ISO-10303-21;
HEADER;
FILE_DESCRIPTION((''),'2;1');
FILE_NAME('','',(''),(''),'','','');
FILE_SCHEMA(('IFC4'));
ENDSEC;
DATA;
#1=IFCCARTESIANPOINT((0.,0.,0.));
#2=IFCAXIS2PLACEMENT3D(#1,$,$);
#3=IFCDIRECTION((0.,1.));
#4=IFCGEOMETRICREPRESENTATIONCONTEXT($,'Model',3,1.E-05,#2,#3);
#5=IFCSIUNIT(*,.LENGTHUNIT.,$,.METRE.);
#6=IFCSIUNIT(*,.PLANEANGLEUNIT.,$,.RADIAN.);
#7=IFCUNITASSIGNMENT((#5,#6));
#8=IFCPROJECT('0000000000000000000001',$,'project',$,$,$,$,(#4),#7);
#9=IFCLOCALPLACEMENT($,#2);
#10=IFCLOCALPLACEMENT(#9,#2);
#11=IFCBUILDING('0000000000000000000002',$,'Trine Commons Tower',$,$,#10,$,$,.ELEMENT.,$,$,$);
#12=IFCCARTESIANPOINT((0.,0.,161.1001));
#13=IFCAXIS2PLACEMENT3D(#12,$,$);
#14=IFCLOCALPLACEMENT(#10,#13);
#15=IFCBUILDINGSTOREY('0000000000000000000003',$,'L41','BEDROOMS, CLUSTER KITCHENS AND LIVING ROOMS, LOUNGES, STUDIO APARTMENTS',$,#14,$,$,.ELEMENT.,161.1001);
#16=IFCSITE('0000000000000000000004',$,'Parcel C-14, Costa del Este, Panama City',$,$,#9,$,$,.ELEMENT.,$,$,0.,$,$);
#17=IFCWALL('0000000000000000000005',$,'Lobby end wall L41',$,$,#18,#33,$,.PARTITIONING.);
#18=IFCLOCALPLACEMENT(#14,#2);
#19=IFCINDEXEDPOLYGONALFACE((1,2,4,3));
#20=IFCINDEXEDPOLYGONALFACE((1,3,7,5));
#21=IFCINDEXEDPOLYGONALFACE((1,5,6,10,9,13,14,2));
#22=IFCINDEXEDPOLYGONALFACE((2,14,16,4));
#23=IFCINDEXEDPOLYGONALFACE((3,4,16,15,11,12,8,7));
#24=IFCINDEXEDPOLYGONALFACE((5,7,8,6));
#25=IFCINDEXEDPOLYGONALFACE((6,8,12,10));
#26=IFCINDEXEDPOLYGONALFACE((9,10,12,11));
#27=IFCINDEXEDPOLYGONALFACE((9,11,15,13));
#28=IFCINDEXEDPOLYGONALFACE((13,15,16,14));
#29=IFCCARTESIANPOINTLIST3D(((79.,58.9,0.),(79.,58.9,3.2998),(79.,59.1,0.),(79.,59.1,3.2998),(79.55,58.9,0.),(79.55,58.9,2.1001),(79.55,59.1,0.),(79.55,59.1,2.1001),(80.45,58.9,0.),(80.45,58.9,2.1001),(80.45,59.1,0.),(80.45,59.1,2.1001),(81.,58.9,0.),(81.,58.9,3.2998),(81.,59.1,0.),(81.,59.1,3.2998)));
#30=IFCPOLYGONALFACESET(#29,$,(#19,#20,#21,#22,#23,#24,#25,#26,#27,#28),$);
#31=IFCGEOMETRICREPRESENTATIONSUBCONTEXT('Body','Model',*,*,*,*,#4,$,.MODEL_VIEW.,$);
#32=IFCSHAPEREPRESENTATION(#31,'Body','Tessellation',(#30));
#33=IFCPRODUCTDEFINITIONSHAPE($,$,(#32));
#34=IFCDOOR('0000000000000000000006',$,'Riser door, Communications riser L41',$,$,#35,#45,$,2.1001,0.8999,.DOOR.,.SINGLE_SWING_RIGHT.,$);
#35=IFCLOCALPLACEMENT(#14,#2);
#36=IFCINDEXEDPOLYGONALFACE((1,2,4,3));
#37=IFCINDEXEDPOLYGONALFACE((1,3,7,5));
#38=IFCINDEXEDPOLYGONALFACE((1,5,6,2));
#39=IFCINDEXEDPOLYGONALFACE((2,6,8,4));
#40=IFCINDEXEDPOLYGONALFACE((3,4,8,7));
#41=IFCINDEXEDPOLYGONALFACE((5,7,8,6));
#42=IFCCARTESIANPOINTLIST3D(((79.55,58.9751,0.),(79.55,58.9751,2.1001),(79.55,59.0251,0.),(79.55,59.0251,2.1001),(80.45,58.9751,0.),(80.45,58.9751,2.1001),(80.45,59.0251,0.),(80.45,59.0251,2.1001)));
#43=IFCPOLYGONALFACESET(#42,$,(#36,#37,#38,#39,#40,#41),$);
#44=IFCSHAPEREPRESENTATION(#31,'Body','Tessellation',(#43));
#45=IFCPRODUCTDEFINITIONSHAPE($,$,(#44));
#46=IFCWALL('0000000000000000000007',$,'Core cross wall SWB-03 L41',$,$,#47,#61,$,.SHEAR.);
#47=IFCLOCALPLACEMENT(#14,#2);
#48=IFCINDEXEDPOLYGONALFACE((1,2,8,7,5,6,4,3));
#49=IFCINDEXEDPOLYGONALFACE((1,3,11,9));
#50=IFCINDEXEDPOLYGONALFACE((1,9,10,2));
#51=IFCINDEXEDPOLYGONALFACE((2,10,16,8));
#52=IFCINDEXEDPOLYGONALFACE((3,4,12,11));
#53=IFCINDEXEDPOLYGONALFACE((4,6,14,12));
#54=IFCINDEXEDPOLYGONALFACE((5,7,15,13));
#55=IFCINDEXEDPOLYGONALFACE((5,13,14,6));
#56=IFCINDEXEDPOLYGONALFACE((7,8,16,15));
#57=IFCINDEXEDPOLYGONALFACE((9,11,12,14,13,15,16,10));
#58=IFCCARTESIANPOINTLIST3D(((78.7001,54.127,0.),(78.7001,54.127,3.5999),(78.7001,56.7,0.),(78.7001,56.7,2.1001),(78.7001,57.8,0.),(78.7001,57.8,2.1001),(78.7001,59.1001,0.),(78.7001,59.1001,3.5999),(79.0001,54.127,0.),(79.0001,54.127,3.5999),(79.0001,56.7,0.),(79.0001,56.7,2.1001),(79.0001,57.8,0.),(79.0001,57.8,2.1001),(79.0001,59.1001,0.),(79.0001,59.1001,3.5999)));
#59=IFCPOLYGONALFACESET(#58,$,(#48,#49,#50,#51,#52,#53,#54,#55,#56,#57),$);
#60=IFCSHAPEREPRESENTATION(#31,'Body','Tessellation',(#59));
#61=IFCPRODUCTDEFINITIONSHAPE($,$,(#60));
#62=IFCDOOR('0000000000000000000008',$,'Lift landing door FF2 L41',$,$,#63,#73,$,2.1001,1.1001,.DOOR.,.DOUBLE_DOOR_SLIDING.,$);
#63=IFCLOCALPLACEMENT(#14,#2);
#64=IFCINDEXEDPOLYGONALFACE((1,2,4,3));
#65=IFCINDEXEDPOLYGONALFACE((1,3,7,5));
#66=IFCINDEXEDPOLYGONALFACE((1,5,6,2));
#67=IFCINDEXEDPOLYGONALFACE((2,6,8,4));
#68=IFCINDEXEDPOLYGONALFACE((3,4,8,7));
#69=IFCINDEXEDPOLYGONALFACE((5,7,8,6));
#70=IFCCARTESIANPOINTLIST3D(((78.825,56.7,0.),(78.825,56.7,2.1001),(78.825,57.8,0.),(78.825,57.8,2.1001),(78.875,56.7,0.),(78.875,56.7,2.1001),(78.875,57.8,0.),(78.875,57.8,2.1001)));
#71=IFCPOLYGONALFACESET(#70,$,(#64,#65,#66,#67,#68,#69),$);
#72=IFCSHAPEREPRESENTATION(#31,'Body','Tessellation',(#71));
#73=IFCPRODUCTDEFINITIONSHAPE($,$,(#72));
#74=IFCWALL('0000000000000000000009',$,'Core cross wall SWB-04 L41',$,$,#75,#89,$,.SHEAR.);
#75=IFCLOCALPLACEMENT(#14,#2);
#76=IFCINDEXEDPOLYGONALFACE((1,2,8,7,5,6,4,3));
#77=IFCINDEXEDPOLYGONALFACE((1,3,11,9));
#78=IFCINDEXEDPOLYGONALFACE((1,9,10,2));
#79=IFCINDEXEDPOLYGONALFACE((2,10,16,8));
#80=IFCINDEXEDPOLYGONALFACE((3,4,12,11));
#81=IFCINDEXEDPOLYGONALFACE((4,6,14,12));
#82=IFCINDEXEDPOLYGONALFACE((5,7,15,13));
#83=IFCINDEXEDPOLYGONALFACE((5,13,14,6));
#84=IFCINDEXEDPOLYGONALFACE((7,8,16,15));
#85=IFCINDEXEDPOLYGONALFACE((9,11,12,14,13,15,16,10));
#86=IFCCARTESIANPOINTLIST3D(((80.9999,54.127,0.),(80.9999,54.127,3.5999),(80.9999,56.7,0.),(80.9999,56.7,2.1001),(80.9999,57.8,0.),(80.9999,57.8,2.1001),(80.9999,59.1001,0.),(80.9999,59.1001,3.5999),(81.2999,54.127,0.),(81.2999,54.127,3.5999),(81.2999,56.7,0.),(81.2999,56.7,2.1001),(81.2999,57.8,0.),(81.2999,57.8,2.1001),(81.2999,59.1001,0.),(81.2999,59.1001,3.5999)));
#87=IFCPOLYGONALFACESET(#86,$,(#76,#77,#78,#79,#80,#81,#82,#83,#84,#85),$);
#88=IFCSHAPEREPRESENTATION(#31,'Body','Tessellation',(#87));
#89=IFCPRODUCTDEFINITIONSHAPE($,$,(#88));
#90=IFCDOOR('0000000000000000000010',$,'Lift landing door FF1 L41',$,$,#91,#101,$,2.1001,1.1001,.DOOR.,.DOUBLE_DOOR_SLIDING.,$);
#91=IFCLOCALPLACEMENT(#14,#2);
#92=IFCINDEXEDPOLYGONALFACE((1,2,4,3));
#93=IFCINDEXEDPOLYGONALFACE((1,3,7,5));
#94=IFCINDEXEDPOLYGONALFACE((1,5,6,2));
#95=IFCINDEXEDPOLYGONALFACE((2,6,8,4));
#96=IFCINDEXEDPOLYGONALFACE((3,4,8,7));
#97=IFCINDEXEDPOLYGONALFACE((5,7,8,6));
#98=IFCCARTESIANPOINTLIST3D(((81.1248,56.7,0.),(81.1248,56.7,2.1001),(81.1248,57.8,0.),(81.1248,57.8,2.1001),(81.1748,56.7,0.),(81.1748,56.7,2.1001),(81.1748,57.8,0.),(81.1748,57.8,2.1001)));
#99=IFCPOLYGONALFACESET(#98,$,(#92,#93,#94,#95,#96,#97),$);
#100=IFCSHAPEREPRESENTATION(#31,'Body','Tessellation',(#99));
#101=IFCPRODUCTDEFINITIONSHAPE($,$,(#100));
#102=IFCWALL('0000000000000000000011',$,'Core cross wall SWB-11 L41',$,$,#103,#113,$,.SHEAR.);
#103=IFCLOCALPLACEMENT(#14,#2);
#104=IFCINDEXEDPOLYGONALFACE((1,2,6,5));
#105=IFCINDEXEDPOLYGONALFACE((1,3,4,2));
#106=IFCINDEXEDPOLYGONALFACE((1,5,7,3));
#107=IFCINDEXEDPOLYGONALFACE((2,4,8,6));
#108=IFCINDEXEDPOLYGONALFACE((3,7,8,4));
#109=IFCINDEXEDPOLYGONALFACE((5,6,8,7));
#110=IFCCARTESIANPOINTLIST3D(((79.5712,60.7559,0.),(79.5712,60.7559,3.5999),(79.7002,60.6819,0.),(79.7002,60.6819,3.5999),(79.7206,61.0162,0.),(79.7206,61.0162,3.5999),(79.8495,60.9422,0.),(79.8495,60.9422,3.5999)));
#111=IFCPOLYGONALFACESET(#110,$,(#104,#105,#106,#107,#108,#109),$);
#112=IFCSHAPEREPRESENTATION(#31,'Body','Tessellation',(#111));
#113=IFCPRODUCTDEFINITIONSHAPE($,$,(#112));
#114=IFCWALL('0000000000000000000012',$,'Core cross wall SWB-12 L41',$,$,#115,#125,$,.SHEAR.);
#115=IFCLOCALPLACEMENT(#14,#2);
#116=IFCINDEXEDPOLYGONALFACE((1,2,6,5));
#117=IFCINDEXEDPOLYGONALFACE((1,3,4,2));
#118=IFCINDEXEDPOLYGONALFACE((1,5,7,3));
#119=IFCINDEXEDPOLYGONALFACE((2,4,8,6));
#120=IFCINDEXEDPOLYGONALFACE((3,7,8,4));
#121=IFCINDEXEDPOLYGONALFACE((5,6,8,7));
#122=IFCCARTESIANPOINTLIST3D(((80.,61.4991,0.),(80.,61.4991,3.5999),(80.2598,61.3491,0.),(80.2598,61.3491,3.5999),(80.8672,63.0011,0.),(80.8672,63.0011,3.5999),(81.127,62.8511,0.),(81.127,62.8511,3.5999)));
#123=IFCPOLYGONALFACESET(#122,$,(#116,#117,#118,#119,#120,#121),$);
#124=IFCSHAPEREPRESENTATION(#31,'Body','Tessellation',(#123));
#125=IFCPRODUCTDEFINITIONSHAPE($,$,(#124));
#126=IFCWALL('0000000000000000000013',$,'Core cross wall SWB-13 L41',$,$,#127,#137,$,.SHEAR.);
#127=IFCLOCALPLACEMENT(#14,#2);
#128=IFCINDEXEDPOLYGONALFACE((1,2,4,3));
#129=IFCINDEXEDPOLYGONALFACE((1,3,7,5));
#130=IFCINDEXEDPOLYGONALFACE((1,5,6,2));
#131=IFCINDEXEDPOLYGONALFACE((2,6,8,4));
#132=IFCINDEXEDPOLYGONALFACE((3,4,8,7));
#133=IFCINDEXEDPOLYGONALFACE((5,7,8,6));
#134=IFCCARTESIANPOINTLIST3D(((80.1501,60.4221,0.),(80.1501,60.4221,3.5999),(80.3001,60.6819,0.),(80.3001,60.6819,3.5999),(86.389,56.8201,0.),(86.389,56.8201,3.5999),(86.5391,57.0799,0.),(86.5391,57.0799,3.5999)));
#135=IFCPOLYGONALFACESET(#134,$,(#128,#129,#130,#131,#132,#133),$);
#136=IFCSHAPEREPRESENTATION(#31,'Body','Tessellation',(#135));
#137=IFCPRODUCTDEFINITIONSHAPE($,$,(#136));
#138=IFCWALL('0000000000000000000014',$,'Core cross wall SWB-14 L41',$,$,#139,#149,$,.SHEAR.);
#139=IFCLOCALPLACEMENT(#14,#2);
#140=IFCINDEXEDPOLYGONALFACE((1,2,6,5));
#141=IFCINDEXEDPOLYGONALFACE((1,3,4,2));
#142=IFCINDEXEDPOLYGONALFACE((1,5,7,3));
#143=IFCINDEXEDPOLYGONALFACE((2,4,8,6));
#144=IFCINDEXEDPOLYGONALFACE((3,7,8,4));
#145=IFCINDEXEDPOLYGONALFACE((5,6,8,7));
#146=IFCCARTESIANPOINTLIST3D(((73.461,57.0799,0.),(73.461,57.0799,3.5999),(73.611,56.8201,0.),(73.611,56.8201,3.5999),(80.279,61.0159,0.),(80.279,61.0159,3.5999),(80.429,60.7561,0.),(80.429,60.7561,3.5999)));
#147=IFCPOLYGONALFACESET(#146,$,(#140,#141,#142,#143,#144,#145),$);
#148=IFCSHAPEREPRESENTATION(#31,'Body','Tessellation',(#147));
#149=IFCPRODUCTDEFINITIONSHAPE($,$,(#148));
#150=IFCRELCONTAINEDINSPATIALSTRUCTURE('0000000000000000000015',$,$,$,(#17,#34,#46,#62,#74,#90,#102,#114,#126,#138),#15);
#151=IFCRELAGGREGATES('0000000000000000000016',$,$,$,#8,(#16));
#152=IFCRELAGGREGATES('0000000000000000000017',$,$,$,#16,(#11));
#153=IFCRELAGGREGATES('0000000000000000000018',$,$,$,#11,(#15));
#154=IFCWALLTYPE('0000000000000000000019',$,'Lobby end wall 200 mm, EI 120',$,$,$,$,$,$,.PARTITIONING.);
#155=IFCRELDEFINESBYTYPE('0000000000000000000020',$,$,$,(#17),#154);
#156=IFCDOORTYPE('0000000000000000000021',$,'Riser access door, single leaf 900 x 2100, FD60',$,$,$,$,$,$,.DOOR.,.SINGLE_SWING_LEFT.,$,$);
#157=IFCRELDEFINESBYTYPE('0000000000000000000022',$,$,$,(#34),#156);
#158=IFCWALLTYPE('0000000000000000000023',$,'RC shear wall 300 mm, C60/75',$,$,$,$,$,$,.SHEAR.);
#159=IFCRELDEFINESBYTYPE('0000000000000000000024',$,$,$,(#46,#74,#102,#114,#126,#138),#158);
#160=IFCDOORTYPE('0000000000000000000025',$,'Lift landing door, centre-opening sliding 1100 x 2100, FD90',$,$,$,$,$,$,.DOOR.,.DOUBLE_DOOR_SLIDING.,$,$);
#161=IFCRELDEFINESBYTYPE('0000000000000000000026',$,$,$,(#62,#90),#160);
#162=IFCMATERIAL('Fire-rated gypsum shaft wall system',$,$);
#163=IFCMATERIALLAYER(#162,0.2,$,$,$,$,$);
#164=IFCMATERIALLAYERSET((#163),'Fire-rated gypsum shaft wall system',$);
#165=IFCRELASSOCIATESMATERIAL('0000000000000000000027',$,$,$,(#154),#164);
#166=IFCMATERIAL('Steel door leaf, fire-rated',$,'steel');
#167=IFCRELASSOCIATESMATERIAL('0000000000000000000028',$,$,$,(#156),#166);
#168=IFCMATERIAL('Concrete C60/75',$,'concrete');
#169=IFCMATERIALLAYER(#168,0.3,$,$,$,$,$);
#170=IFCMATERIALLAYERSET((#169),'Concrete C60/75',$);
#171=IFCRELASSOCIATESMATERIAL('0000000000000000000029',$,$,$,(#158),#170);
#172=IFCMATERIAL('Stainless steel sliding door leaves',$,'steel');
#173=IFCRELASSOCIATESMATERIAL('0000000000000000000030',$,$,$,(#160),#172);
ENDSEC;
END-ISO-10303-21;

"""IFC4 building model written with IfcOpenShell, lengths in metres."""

from ifc_helpers import new_model, si_unit, direction, frame, frame_2d, origin, place, context, subcontext, project, spatial, rectangle, extrude, material, layer, layer_set, type_object, element, fill, save


model = new_model("IFC4")

# Units and contexts
model_context = context("Model", 3, precision=1e-05, world=origin(), true_north=direction((0.0, 1.0)))
body_context = subcontext(model_context, "Body", "Model", "MODEL_VIEW")
ifc_project = project(units=[si_unit("LENGTHUNIT", "METRE"), si_unit("PLANEANGLEUNIT", "RADIAN")], contexts=[model_context])

# Site, building, storey
site_placement = place(None, origin())
site = spatial("IfcSite", under=ifc_project, at=site_placement, Name="Parcel C-14, Costa del Este, Panama City", CompositionType="ELEMENT", RefElevation=0.0)
building_placement = place(site_placement, origin())
building = spatial("IfcBuilding", under=site, at=building_placement, Name="Trine Commons Tower", CompositionType="ELEMENT")
storey_placement = place(building_placement, frame((0.0, 0.0, 161.1001)))
storey = spatial("IfcBuildingStorey", under=building, at=storey_placement, Name="L41", Description="BEDROOMS, CLUSTER KITCHENS AND LIVING ROOMS, LOUNGES, STUDIO APARTMENTS", CompositionType="ELEMENT", Elevation=161.1001)

# Walls, openings, doors
ifc_material_1 = material(Name="Fire-rated gypsum shaft wall system")
ifc_layer_1 = layer(ifc_material_1, 0.2)
ifc_layer_set_1 = layer_set([ifc_layer_1], Name="Fire-rated gypsum shaft wall system")
wall_type_1 = type_object("IfcWallType", Name="Lobby end wall 200 mm, EI 120", PredefinedType="PARTITIONING", material=ifc_layer_set_1)
wall_1_placement = place(storey_placement, frame((79.0, 59.0, 0.0), z_axis=(0.0, 0.0, 1.0), x_axis=(1.0, 0.0, 0.0)))
wall_1 = element("IfcWall", 1, at=wall_1_placement, inside=storey, type_object=wall_type_1, Name="Lobby end wall L41", PredefinedType="PARTITIONING", context=body_context, shape_type="SweptSolid", body=[
    extrude(rectangle(XDim=2.0, YDim=0.2, at=frame_2d((1.0, 0.0))), origin(), (0.0, 0.0, 1.0), 3.2998),
])
opening_1_placement = place(wall_1_placement, frame((0.55, 0.0, 0.0)))
opening_1 = element("IfcOpeningElement", 2, at=opening_1_placement, cuts=wall_1, PredefinedType="OPENING", context=body_context, shape_type="SweptSolid", body=[
    extrude(rectangle(XDim=0.8999, YDim=2.1001, at=frame_2d((0.45, 1.05))), frame((0.0, 0.1099, 0.0), z_axis=(0.0, -1.0, 0.0), x_axis=(1.0, 0.0, 0.0)), (0.0, 0.0, 1.0), 0.22),
])
ifc_material_2 = material(Name="Steel door leaf, fire-rated", Category="steel")
door_type_1 = type_object("IfcDoorType", Name="Riser access door, single leaf 900 x 2100, FD60", OperationType="SINGLE_SWING_LEFT", PredefinedType="DOOR", material=ifc_material_2)
door_1_placement = place(opening_1_placement, frame((0.8999, 0.0, 0.0), z_axis=(0.0, 0.0, 1.0), x_axis=(-1.0, 0.0, 0.0)))
door_1 = element("IfcDoor", 3, at=door_1_placement, inside=storey, type_object=door_type_1, Name="Riser door, Communications riser L41", OperationType="SINGLE_SWING_RIGHT", OverallHeight=2.1001, OverallWidth=0.8999, PredefinedType="DOOR", context=body_context, shape_type="SweptSolid", body=[
    extrude(rectangle(XDim=0.8999, YDim=2.1001, at=frame_2d((0.45, 1.05))), frame((0.0, 0.0249, 0.0), z_axis=(0.0, -1.0, 0.0), x_axis=(1.0, 0.0, 0.0)), (0.0, 0.0, 1.0), 0.05),
])
fill(opening_1, door_1)
ifc_material_3 = material(Name="Concrete C60/75", Category="concrete")
ifc_layer_2 = layer(ifc_material_3, 0.3)
ifc_layer_set_2 = layer_set([ifc_layer_2], Name="Concrete C60/75")
wall_type_2 = type_object("IfcWallType", Name="RC shear wall 300 mm, C60/75", PredefinedType="SHEAR", material=ifc_layer_set_2)
wall_2_placement = place(storey_placement, frame((78.8501, 59.1001, 0.0), z_axis=(0.0, 0.0, 1.0), x_axis=(0.0, -1.0, 0.0)))
wall_2 = element("IfcWall", 4, at=wall_2_placement, inside=storey, type_object=wall_type_2, Name="Core cross wall SWB-03 L41", PredefinedType="SHEAR", context=body_context, shape_type="SweptSolid", body=[
    extrude(rectangle(XDim=4.9731, YDim=0.3, at=frame_2d((2.4866, 0.0))), origin(), (0.0, 0.0, 1.0), 3.5999),
])
opening_2_placement = place(wall_2_placement, frame((1.3, 0.0, 0.0)))
opening_2 = element("IfcOpeningElement", 5, at=opening_2_placement, cuts=wall_2, PredefinedType="OPENING", context=body_context, shape_type="SweptSolid", body=[
    extrude(rectangle(XDim=1.1001, YDim=2.1001, at=frame_2d((0.55, 1.05))), frame((0.0, 0.1599, 0.0), z_axis=(0.0, -1.0, 0.0), x_axis=(1.0, 0.0, 0.0)), (0.0, 0.0, 1.0), 0.3201),
])
ifc_material_4 = material(Name="Stainless steel sliding door leaves", Category="steel")
door_type_2 = type_object("IfcDoorType", Name="Lift landing door, centre-opening sliding 1100 x 2100, FD90", OperationType="DOUBLE_DOOR_SLIDING", PredefinedType="DOOR", material=ifc_material_4)
door_2_placement = place(opening_2_placement, origin())
door_2 = element("IfcDoor", 6, at=door_2_placement, inside=storey, type_object=door_type_2, Name="Lift landing door FF2 L41", OperationType="DOUBLE_DOOR_SLIDING", OverallHeight=2.1001, OverallWidth=1.1001, PredefinedType="DOOR", context=body_context, shape_type="SweptSolid", body=[
    extrude(rectangle(XDim=1.1001, YDim=2.1001, at=frame_2d((0.55, 1.05))), frame((0.0, 0.0249, 0.0), z_axis=(0.0, -1.0, 0.0), x_axis=(1.0, 0.0, 0.0)), (0.0, 0.0, 1.0), 0.05),
])
fill(opening_2, door_2)
wall_3_placement = place(storey_placement, frame((81.1499, 59.1001, 0.0), z_axis=(0.0, 0.0, 1.0), x_axis=(0.0, -1.0, 0.0)))
wall_3 = element("IfcWall", 7, at=wall_3_placement, inside=storey, type_object=wall_type_2, Name="Core cross wall SWB-04 L41", PredefinedType="SHEAR", context=body_context, shape_type="SweptSolid", body=[
    extrude(rectangle(XDim=4.9731, YDim=0.3, at=frame_2d((2.4866, 0.0))), origin(), (0.0, 0.0, 1.0), 3.5999),
])
opening_3_placement = place(wall_3_placement, frame((1.3, 0.0, 0.0)))
opening_3 = element("IfcOpeningElement", 8, at=opening_3_placement, cuts=wall_3, PredefinedType="OPENING", context=body_context, shape_type="SweptSolid", body=[
    extrude(rectangle(XDim=1.1001, YDim=2.1001, at=frame_2d((0.55, 1.05))), frame((0.0, 0.1599, 0.0), z_axis=(0.0, -1.0, 0.0), x_axis=(1.0, 0.0, 0.0)), (0.0, 0.0, 1.0), 0.3201),
])
door_3_placement = place(opening_3_placement, origin())
door_3 = element("IfcDoor", 9, at=door_3_placement, inside=storey, type_object=door_type_2, Name="Lift landing door FF1 L41", OperationType="DOUBLE_DOOR_SLIDING", OverallHeight=2.1001, OverallWidth=1.1001, PredefinedType="DOOR", context=body_context, shape_type="SweptSolid", body=[
    extrude(rectangle(XDim=1.1001, YDim=2.1001, at=frame_2d((0.55, 1.05))), frame((0.0, 0.0249, 0.0), z_axis=(0.0, -1.0, 0.0), x_axis=(1.0, 0.0, 0.0)), (0.0, 0.0, 1.0), 0.05),
])
fill(opening_3, door_3)

# Walls
wall_4_placement = place(storey_placement, frame((79.646, 60.886, 0.0), z_axis=(0.0, 0.0, 1.0), x_axis=(0.867332, -0.49773, 0.0)))
element("IfcWall", 10, at=wall_4_placement, inside=storey, type_object=wall_type_2, Name="Core cross wall SWB-11 L41", PredefinedType="SHEAR", context=body_context, shape_type="SweptSolid", body=[
    extrude(rectangle(XDim=0.1487, YDim=0.3, at=frame_2d((0.0742, 0.0))), origin(), (0.0, 0.0, 1.0), 3.5999),
])
wall_5_placement = place(storey_placement, frame((80.1299, 61.4241, 0.0), z_axis=(0.0, 0.0, 1.0), x_axis=(0.500015, 0.866017, 0.0)))
element("IfcWall", 11, at=wall_5_placement, inside=storey, type_object=wall_type_2, Name="Core cross wall SWB-12 L41", PredefinedType="SHEAR", context=body_context, shape_type="SweptSolid", body=[
    extrude(rectangle(XDim=1.7344, YDim=0.3, at=frame_2d((0.8672, 0.0))), origin(), (0.0, 0.0, 1.0), 3.5999),
])
wall_6_placement = place(storey_placement, frame((80.2251, 60.552, 0.0), z_axis=(0.0, 0.0, 1.0), x_axis=(0.866028, -0.499995, 0.0)))
element("IfcWall", 12, at=wall_6_placement, inside=storey, type_object=wall_type_2, Name="Core cross wall SWB-13 L41", PredefinedType="SHEAR", context=body_context, shape_type="SweptSolid", body=[
    extrude(rectangle(XDim=7.2041, YDim=0.3, at=frame_2d((3.6021, 0.0))), origin(), (0.0, 0.0, 1.0), 3.5999),
])
wall_7_placement = place(storey_placement, frame((80.354, 60.886, 0.0), z_axis=(0.0, 0.0, 1.0), x_axis=(-0.866048, -0.499961, 0.0)))
element("IfcWall", 13, at=wall_7_placement, inside=storey, type_object=wall_type_2, Name="Core cross wall SWB-14 L41", PredefinedType="SHEAR", context=body_context, shape_type="SweptSolid", body=[
    extrude(rectangle(XDim=7.8726, YDim=0.3, at=frame_2d((3.9363, 0.0))), origin(), (0.0, 0.0, 1.0), 3.5999),
])

save(model, "model.ifc")
